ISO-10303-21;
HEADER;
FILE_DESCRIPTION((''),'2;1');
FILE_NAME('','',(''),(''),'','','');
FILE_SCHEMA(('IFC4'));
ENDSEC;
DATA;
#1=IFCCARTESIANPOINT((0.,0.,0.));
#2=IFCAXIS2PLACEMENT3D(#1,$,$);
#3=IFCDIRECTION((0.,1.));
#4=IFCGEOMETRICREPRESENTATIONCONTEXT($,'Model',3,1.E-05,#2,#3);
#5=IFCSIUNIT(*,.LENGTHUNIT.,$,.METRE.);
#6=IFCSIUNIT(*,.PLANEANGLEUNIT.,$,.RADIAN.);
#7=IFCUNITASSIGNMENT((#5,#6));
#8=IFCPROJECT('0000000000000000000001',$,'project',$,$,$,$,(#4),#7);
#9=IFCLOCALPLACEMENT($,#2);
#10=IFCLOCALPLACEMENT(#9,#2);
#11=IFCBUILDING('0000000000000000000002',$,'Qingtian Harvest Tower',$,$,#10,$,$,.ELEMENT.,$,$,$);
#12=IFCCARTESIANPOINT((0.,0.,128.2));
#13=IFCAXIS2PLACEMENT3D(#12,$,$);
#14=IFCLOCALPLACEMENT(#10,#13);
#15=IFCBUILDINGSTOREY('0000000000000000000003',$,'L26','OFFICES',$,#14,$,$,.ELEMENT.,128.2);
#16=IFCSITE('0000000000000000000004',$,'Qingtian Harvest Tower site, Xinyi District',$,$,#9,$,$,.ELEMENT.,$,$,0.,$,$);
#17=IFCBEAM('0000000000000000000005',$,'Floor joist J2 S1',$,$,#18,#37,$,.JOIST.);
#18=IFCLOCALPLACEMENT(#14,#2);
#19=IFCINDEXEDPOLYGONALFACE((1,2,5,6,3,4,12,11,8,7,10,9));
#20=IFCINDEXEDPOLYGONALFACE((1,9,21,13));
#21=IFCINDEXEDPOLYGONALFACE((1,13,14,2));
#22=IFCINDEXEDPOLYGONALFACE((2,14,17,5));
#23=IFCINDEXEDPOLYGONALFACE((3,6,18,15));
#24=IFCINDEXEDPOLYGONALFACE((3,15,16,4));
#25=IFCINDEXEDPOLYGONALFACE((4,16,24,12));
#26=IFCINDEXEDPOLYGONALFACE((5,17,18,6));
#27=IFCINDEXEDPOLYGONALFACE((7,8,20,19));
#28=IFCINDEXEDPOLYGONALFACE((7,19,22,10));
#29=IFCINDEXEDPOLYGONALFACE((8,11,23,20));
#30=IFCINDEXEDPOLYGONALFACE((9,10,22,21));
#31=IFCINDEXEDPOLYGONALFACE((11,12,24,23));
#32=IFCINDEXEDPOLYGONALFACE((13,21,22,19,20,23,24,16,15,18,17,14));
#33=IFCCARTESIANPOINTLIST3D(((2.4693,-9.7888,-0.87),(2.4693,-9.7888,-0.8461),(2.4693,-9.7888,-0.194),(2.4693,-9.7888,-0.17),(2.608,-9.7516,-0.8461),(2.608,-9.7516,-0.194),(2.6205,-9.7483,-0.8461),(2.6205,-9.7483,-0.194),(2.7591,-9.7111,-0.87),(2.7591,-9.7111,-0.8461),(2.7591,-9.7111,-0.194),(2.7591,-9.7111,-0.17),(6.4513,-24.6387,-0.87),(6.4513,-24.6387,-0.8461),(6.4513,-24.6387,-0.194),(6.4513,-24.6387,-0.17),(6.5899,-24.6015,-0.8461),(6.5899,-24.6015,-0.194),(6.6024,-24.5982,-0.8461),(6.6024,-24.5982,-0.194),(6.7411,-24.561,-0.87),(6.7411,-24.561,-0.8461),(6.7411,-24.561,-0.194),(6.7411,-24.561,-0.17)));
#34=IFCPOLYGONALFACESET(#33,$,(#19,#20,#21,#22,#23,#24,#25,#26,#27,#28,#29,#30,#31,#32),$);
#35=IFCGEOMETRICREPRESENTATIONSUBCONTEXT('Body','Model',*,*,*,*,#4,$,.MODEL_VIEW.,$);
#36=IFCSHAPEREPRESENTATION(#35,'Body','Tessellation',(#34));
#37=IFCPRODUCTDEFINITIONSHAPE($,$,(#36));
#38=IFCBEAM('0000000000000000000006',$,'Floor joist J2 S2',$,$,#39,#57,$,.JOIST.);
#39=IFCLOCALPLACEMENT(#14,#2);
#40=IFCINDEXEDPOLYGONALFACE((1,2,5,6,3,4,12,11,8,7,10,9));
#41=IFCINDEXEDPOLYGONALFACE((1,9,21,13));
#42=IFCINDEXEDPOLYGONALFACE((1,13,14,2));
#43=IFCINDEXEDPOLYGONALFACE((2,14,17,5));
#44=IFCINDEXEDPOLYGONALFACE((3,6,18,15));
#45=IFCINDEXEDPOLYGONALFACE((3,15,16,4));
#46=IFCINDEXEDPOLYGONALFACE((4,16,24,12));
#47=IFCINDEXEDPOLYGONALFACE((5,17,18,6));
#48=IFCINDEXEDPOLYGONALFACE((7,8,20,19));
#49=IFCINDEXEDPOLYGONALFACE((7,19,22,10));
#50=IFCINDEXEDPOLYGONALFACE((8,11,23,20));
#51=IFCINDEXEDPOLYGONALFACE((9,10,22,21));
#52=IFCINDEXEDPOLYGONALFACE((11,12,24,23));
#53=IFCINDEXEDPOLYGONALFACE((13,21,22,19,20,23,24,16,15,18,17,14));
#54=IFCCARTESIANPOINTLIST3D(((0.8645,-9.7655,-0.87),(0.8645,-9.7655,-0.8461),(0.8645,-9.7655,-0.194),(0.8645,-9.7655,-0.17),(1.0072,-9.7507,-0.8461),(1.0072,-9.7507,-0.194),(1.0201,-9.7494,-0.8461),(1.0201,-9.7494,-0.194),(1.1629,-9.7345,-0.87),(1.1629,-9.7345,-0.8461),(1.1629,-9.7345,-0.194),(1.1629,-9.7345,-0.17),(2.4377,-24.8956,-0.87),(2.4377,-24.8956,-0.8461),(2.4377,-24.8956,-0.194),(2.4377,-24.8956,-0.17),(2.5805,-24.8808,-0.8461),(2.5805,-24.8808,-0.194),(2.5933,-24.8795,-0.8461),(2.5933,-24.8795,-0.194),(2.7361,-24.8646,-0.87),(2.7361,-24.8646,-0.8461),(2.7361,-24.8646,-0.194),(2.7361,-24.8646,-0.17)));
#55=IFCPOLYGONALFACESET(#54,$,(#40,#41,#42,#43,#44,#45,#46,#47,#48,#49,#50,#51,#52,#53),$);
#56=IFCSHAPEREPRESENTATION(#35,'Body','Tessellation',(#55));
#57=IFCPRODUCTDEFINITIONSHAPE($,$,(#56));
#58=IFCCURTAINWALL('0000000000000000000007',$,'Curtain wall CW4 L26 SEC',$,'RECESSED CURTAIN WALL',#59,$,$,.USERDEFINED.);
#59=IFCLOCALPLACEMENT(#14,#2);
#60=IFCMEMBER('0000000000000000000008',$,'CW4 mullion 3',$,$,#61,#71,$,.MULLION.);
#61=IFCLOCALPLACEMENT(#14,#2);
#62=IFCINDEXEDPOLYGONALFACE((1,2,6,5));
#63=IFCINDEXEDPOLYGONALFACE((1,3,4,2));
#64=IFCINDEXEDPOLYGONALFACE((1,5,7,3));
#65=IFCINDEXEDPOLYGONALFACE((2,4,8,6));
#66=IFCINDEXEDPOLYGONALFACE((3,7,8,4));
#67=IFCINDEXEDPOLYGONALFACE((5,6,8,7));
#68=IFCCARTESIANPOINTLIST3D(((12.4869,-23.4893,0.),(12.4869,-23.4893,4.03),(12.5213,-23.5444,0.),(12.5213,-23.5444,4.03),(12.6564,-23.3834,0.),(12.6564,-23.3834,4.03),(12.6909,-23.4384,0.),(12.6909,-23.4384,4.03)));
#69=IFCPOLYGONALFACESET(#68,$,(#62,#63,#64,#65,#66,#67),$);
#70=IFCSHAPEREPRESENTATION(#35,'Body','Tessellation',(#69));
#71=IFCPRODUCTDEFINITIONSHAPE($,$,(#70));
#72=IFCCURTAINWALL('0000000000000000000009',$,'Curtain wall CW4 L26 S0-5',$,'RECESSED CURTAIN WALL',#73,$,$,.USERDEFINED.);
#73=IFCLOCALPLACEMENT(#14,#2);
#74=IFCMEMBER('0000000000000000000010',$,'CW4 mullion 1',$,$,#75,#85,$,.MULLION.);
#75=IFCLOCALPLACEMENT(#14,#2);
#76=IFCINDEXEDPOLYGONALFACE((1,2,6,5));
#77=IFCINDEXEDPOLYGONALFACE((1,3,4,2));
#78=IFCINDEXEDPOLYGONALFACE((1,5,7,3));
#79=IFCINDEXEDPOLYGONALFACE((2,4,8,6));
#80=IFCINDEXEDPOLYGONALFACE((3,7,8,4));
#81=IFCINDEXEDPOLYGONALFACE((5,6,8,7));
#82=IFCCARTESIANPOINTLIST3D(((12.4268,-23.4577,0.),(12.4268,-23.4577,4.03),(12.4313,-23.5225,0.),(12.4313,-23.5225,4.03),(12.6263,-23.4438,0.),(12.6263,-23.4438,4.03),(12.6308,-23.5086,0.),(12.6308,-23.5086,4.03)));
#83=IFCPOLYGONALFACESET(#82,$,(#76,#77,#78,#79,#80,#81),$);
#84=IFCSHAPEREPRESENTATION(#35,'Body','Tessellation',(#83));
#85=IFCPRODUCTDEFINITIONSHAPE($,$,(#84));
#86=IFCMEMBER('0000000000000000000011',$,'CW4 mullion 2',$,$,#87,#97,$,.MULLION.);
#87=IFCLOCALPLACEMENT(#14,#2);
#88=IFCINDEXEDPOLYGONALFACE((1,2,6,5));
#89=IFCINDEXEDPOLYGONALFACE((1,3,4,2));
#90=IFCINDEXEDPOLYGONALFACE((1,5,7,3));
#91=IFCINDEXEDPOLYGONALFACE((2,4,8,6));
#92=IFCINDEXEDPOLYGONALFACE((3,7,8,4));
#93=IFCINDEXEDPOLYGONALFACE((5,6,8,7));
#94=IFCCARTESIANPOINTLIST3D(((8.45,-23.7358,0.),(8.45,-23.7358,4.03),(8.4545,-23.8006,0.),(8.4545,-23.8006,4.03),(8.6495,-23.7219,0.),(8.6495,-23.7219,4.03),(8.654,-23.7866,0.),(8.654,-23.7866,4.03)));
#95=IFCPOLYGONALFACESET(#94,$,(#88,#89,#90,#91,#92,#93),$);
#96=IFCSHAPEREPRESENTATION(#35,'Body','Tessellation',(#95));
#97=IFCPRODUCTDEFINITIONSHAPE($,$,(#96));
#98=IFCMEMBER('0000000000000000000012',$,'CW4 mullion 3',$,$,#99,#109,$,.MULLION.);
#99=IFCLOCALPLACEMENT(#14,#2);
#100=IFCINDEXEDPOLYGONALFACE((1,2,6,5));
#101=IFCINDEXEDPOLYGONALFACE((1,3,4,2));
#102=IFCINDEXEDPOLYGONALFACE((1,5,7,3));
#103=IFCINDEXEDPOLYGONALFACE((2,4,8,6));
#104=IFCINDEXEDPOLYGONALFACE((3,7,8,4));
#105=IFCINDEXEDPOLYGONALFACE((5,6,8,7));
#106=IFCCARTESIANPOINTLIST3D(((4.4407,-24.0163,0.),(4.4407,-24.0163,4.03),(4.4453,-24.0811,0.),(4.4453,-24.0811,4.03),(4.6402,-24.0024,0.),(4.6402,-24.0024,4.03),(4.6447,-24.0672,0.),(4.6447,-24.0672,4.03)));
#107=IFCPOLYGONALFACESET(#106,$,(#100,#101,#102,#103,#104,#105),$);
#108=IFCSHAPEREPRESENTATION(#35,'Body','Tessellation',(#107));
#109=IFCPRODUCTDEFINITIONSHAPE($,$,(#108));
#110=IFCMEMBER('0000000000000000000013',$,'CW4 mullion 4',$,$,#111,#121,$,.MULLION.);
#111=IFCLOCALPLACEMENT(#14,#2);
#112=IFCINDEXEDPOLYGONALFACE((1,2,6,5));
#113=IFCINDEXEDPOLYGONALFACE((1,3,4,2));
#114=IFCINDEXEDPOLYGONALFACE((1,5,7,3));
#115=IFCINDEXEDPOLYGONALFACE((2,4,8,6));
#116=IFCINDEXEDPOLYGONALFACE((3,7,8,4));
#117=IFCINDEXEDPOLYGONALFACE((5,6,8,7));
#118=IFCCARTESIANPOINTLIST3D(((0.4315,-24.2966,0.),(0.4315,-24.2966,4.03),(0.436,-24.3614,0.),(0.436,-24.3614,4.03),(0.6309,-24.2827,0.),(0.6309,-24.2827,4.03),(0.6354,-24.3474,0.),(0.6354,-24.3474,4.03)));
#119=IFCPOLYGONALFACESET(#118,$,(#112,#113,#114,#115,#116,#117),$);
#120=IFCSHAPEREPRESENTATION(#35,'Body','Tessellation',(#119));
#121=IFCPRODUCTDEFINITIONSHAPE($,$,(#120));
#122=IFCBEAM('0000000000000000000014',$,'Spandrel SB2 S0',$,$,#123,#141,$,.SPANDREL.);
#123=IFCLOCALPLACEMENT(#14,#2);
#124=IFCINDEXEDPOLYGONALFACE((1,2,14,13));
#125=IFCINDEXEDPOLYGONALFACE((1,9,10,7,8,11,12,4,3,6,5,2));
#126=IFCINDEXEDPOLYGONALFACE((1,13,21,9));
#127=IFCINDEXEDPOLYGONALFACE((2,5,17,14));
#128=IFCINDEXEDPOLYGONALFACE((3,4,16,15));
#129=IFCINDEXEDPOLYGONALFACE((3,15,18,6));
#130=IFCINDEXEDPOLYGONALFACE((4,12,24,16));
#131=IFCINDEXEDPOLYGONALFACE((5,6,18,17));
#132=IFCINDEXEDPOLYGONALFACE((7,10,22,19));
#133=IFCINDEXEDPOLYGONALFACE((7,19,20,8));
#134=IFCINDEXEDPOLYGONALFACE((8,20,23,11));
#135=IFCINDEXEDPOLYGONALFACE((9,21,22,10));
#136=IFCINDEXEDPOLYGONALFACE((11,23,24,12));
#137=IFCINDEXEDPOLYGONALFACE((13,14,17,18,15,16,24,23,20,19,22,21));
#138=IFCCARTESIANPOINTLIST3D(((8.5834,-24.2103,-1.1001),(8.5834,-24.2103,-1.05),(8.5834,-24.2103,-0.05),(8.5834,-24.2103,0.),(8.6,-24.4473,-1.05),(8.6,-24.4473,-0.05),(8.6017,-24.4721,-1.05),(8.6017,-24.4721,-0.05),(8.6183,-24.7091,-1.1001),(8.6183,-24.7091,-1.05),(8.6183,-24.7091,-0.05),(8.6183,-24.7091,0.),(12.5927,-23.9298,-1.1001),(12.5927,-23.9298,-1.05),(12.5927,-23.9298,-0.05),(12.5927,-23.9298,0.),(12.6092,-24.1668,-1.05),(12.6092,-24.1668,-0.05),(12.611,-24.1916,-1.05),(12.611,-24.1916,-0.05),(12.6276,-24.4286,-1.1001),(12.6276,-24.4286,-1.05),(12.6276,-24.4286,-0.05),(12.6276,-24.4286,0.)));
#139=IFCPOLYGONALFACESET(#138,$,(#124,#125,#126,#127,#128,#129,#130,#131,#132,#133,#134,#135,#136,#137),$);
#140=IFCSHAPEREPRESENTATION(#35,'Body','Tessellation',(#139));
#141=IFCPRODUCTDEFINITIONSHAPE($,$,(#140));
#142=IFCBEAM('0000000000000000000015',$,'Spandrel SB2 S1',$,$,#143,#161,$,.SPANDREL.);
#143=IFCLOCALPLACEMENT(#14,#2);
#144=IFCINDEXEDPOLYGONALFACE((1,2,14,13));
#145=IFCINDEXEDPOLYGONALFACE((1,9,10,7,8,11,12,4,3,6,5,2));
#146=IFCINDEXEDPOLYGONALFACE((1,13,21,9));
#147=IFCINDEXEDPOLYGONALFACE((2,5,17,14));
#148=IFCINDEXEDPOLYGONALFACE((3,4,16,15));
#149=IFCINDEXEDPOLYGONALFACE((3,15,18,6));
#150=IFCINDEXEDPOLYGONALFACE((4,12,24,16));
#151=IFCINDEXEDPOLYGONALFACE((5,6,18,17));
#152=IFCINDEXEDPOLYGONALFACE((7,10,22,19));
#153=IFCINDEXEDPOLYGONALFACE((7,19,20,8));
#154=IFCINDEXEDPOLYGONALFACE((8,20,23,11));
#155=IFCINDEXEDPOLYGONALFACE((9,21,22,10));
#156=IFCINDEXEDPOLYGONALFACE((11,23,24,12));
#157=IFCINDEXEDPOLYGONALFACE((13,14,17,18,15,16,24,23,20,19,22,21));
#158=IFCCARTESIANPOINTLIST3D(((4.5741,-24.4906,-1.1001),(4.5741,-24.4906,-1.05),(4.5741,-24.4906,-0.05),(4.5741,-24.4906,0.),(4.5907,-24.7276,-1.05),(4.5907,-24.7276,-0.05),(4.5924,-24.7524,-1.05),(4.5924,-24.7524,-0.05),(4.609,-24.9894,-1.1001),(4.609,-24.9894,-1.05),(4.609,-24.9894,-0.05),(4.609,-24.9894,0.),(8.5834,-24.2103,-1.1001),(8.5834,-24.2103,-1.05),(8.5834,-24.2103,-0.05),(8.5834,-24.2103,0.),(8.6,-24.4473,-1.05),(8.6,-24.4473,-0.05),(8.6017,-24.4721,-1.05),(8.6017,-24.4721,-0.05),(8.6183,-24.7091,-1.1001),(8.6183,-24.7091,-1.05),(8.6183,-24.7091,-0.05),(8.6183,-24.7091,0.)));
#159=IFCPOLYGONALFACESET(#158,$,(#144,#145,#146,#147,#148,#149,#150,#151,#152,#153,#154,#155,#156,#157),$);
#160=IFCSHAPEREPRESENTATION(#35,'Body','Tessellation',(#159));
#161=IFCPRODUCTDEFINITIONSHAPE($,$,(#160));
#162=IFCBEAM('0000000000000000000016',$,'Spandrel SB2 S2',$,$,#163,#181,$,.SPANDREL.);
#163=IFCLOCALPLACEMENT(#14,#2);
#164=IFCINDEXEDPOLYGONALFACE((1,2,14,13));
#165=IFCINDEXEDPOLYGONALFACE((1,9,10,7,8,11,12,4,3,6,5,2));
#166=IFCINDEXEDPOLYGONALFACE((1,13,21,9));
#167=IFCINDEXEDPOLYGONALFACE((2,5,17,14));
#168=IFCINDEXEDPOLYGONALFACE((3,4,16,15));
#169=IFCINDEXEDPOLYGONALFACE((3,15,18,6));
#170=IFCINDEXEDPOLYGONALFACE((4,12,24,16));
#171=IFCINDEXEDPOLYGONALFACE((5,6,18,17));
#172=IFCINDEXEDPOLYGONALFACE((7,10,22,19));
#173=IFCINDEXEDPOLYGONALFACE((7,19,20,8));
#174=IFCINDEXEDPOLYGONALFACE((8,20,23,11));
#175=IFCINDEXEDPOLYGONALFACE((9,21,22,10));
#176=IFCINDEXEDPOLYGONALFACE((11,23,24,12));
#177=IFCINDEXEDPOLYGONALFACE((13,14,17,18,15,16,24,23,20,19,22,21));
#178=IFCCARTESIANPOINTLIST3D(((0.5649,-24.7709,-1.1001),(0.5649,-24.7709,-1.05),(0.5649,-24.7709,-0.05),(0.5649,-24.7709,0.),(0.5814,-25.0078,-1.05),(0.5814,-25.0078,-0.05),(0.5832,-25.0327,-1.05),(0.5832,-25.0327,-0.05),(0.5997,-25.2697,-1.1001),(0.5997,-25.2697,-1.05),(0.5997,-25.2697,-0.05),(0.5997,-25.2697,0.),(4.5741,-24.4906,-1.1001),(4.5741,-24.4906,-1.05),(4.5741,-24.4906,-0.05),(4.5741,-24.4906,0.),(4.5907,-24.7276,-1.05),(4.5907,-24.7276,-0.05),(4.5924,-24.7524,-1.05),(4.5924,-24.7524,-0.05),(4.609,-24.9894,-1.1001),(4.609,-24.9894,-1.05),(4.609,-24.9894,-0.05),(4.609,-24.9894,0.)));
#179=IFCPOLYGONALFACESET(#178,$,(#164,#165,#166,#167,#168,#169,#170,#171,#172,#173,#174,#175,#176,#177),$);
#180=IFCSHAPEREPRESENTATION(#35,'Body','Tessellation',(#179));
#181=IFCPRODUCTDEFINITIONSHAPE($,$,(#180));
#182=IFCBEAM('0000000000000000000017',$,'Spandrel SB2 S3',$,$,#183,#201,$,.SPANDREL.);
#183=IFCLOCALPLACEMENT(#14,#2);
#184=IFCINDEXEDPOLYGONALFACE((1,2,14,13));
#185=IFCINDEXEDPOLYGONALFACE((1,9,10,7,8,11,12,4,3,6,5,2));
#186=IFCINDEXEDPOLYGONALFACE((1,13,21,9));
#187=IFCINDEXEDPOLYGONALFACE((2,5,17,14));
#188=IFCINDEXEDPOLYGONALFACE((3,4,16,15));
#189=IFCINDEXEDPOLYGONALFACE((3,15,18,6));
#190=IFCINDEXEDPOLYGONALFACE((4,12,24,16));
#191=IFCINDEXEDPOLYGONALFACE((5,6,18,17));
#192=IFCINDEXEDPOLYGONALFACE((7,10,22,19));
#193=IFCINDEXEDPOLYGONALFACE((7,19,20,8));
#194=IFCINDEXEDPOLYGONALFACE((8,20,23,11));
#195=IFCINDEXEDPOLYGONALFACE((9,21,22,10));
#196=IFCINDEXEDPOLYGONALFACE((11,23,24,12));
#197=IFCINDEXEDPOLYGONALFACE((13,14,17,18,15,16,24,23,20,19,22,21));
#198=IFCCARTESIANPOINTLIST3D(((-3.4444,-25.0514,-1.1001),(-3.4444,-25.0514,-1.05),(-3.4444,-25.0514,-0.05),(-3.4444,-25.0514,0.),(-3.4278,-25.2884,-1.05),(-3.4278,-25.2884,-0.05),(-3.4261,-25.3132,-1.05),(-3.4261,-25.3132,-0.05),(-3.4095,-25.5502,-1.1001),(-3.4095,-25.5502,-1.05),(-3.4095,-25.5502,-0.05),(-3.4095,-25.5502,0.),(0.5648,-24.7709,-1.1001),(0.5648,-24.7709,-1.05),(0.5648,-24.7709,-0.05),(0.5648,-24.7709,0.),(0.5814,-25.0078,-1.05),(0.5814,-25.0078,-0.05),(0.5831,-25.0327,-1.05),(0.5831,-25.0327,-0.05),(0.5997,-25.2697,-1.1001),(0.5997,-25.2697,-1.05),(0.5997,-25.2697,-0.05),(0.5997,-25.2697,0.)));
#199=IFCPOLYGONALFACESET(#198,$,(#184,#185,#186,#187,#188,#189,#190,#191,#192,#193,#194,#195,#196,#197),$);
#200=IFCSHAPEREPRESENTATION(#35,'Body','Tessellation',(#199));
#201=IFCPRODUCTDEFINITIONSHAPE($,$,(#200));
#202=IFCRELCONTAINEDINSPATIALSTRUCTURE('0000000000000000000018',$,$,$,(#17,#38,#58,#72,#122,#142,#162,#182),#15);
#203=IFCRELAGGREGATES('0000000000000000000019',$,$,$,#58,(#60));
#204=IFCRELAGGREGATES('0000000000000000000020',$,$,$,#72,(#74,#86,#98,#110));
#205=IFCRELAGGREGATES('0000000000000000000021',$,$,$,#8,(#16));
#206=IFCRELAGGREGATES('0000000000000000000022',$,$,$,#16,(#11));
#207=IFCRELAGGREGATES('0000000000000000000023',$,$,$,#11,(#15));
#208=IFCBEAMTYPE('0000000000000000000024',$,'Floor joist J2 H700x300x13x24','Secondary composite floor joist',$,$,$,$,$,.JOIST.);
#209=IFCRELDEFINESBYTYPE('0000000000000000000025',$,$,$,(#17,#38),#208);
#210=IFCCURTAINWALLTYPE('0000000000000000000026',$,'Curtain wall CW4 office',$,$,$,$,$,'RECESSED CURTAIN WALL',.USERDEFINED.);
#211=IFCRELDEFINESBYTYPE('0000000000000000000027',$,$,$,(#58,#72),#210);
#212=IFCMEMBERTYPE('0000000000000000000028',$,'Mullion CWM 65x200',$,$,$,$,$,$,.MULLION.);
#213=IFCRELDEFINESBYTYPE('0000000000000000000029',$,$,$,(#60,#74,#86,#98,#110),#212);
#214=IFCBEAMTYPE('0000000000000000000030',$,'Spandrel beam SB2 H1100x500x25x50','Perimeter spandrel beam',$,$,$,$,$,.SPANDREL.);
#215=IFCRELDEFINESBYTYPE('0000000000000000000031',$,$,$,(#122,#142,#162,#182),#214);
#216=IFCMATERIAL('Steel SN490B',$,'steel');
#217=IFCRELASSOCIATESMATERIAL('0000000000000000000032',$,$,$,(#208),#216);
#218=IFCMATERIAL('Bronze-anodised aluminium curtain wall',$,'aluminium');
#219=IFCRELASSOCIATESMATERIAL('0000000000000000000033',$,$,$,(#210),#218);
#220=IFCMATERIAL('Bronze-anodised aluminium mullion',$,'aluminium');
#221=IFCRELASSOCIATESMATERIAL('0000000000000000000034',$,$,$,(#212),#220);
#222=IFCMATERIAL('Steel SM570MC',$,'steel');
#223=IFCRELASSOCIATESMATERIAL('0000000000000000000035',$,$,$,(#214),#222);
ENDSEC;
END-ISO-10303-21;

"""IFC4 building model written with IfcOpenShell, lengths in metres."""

from ifc_helpers import new_model, si_unit, direction, frame, origin, origin_2d, place, context, subcontext, project, spatial, rectangle, i_section, extrude, material, material_profile, profile_set, type_object, element, aggregate, save


model = new_model("IFC4")

# Units and contexts
model_context = context("Model", 3, precision=1e-05, world=origin(), true_north=direction((0.0, 1.0)))
body_context = subcontext(model_context, "Body", "Model", "MODEL_VIEW")
ifc_project = project(units=[si_unit("LENGTHUNIT", "METRE"), si_unit("PLANEANGLEUNIT", "RADIAN")], contexts=[model_context])

# Site, building, storey
site_placement = place(None, origin())
site = spatial("IfcSite", under=ifc_project, at=site_placement, Name="Qingtian Harvest Tower site, Xinyi District", CompositionType="ELEMENT", RefElevation=0.0)
building_placement = place(site_placement, origin())
building = spatial("IfcBuilding", under=site, at=building_placement, Name="Qingtian Harvest Tower", CompositionType="ELEMENT")
storey_placement = place(building_placement, frame((0.0, 0.0, 128.2)))
storey = spatial("IfcBuildingStorey", under=building, at=storey_placement, Name="L26", Description="OFFICES", CompositionType="ELEMENT", Elevation=128.2)

# Beams
ifc_material_1 = material(Name="Steel SN490B", Category="steel")
ifc_material_profile_1 = material_profile(ifc_material_1, i_section(OverallWidth=0.3, OverallDepth=0.7, WebThickness=0.0129, FlangeThickness=0.0239, at=origin_2d()), Name="H700x300x13x24")
ifc_profile_set_1 = profile_set([ifc_material_profile_1], Name="Steel SN490B")
beam_type_1 = type_object("IfcBeamType", Name="Floor joist J2 H700x300x13x24", Description="Secondary composite floor joist", PredefinedType="JOIST", material=ifc_profile_set_1)
beam_1_placement = place(storey_placement, frame((6.5962, -24.5999, -0.52), z_axis=(-0.258997, 0.965878, 0.0), x_axis=(-0.965878, -0.258997, 0.0)))
element("IfcBeam", 1, at=beam_1_placement, inside=storey, type_object=beam_type_1, Name="Floor joist J2 S1", PredefinedType="JOIST", context=body_context, shape_type="SweptSolid", body=[
    extrude(i_section(OverallWidth=0.3, OverallDepth=0.7, WebThickness=0.0129, FlangeThickness=0.0239, at=origin_2d()), origin(), (0.0, 0.0, 1.0), 15.3745),
])
beam_2_placement = place(storey_placement, frame((2.5869, -24.8801, -0.52), z_axis=(-0.103423, 0.994637, 0.0), x_axis=(-0.994637, -0.103423, 0.0)))
element("IfcBeam", 2, at=beam_2_placement, inside=storey, type_object=beam_type_1, Name="Floor joist J2 S2", PredefinedType="JOIST", context=body_context, shape_type="SweptSolid", body=[
    extrude(i_section(OverallWidth=0.3, OverallDepth=0.7, WebThickness=0.0129, FlangeThickness=0.0239, at=origin_2d()), origin(), (0.0, 0.0, 1.0), 15.2117),
])

# Curtain wall, member
ifc_material_2 = material(Name="Bronze-anodised aluminium curtain wall", Category="aluminium")
curtain_wall_type = type_object("IfcCurtainWallType", Name="Curtain wall CW4 office", ElementType="RECESSED CURTAIN WALL", PredefinedType="USERDEFINED", material=ifc_material_2)
curtain_wall_1_placement = place(storey_placement, origin())
curtain_wall_1 = element("IfcCurtainWall", 3, at=curtain_wall_1_placement, inside=storey, type_object=curtain_wall_type, Name="Curtain wall CW4 L26 SEC", ObjectType="RECESSED CURTAIN WALL", PredefinedType="USERDEFINED")
ifc_material_3 = material(Name="Bronze-anodised aluminium mullion", Category="aluminium")
ifc_material_profile_2 = material_profile(ifc_material_3, rectangle(XDim=0.0649, YDim=0.2, at=origin_2d()), Name="AL 65x200")
ifc_profile_set_2 = profile_set([ifc_material_profile_2], Name="Bronze-anodised aluminium mullion")
member_type_1 = type_object("IfcMemberType", Name="Mullion CWM 65x200", PredefinedType="MULLION", material=ifc_profile_set_2)
member_1_placement = place(storey_placement, frame((12.5889, -23.4639, 0.0), z_axis=(0.0, 0.0, 1.0), x_axis=(0.529919, -0.848048, 0.0)))
member_1 = element("IfcMember", 4, at=member_1_placement, type_object=member_type_1, Name="CW4 mullion 3", PredefinedType="MULLION", context=body_context, shape_type="SweptSolid", body=[
    extrude(rectangle(XDim=0.0649, YDim=0.2, at=origin_2d()), origin(), (0.0, 0.0, 1.0), 4.03),
])
aggregate(curtain_wall_1, [member_1])

# Curtain wall, members
curtain_wall_2_placement = place(storey_placement, origin())
curtain_wall_2 = element("IfcCurtainWall", 5, at=curtain_wall_2_placement, inside=storey, type_object=curtain_wall_type, Name="Curtain wall CW4 L26 S0-5", ObjectType="RECESSED CURTAIN WALL", PredefinedType="USERDEFINED")
member_2_placement = place(storey_placement, frame((12.5288, -23.4832, 0.0), z_axis=(0.0, 0.0, 1.0), x_axis=(0.069756, -0.997564, 0.0)))
member_2 = element("IfcMember", 6, at=member_2_placement, type_object=member_type_1, Name="CW4 mullion 1", PredefinedType="MULLION", context=body_context, shape_type="SweptSolid", body=[
    extrude(rectangle(XDim=0.0649, YDim=0.2, at=origin_2d()), origin(), (0.0, 0.0, 1.0), 4.03),
])
member_3_placement = place(storey_placement, frame((8.552, -23.7612, 0.0), z_axis=(0.0, 0.0, 1.0), x_axis=(0.069756, -0.997564, 0.0)))
member_3 = element("IfcMember", 7, at=member_3_placement, type_object=member_type_1, Name="CW4 mullion 2", PredefinedType="MULLION", context=body_context, shape_type="SweptSolid", body=[
    extrude(rectangle(XDim=0.0649, YDim=0.2, at=origin_2d()), origin(), (0.0, 0.0, 1.0), 4.03),
])
member_4_placement = place(storey_placement, frame((4.5427, -24.0417, 0.0), z_axis=(0.0, 0.0, 1.0), x_axis=(0.069756, -0.997564, 0.0)))
member_4 = element("IfcMember", 8, at=member_4_placement, type_object=member_type_1, Name="CW4 mullion 3", PredefinedType="MULLION", context=body_context, shape_type="SweptSolid", body=[
    extrude(rectangle(XDim=0.0649, YDim=0.2, at=origin_2d()), origin(), (0.0, 0.0, 1.0), 4.03),
])
member_5_placement = place(storey_placement, frame((0.5334, -24.322, 0.0), z_axis=(0.0, 0.0, 1.0), x_axis=(0.069756, -0.997564, 0.0)))
member_5 = element("IfcMember", 9, at=member_5_placement, type_object=member_type_1, Name="CW4 mullion 4", PredefinedType="MULLION", context=body_context, shape_type="SweptSolid", body=[
    extrude(rectangle(XDim=0.0649, YDim=0.2, at=origin_2d()), origin(), (0.0, 0.0, 1.0), 4.03),
])

# Beams
ifc_material_4 = material(Name="Steel SM570MC", Category="steel")
ifc_material_profile_3 = material_profile(ifc_material_4, i_section(OverallWidth=0.5, OverallDepth=1.1001, WebThickness=0.0249, FlangeThickness=0.05, at=origin_2d()), Name="H1100x500x25x50")
ifc_profile_set_3 = profile_set([ifc_material_profile_3], Name="Steel SM570MC")
beam_type_2 = type_object("IfcBeamType", Name="Spandrel beam SB2 H1100x500x25x50", Description="Perimeter spandrel beam", PredefinedType="SPANDREL", material=ifc_profile_set_3)
for number, where, z_axis, x_axis, name in (
    (10, (12.6101, -24.1792, -0.55), (-0.997561, -0.069796, 0.0), (0.069796, -0.997561, 0.0), "Spandrel SB2 S0"),
    (11, (8.6008, -24.4597, -0.55), (-0.997565, -0.069736, 0.0), (0.069736, -0.997565, 0.0), "Spandrel SB2 S1"),
    (12, (4.5916, -24.74, -0.55), (-0.997565, -0.069736, 0.0), (0.069736, -0.997565, 0.0), "Spandrel SB2 S2"),
    (13, (0.5823, -25.0203, -0.55), (-0.997561, -0.069796, 0.0), (0.069796, -0.997561, 0.0), "Spandrel SB2 S3"),
):
    element("IfcBeam", number, at=place(storey_placement, frame(where, z_axis=z_axis, x_axis=x_axis)), inside=storey, type_object=beam_type_2, Name=name, PredefinedType="SPANDREL", context=body_context, shape_type="SweptSolid", body=[
        extrude(i_section(OverallWidth=0.5, OverallDepth=1.1001, WebThickness=0.0249, FlangeThickness=0.05, at=origin_2d()), origin(), (0.0, 0.0, 1.0), 4.019),
    ])

aggregate(curtain_wall_2, [member_2, member_3, member_4, member_5])

save(model, "model.ifc")
